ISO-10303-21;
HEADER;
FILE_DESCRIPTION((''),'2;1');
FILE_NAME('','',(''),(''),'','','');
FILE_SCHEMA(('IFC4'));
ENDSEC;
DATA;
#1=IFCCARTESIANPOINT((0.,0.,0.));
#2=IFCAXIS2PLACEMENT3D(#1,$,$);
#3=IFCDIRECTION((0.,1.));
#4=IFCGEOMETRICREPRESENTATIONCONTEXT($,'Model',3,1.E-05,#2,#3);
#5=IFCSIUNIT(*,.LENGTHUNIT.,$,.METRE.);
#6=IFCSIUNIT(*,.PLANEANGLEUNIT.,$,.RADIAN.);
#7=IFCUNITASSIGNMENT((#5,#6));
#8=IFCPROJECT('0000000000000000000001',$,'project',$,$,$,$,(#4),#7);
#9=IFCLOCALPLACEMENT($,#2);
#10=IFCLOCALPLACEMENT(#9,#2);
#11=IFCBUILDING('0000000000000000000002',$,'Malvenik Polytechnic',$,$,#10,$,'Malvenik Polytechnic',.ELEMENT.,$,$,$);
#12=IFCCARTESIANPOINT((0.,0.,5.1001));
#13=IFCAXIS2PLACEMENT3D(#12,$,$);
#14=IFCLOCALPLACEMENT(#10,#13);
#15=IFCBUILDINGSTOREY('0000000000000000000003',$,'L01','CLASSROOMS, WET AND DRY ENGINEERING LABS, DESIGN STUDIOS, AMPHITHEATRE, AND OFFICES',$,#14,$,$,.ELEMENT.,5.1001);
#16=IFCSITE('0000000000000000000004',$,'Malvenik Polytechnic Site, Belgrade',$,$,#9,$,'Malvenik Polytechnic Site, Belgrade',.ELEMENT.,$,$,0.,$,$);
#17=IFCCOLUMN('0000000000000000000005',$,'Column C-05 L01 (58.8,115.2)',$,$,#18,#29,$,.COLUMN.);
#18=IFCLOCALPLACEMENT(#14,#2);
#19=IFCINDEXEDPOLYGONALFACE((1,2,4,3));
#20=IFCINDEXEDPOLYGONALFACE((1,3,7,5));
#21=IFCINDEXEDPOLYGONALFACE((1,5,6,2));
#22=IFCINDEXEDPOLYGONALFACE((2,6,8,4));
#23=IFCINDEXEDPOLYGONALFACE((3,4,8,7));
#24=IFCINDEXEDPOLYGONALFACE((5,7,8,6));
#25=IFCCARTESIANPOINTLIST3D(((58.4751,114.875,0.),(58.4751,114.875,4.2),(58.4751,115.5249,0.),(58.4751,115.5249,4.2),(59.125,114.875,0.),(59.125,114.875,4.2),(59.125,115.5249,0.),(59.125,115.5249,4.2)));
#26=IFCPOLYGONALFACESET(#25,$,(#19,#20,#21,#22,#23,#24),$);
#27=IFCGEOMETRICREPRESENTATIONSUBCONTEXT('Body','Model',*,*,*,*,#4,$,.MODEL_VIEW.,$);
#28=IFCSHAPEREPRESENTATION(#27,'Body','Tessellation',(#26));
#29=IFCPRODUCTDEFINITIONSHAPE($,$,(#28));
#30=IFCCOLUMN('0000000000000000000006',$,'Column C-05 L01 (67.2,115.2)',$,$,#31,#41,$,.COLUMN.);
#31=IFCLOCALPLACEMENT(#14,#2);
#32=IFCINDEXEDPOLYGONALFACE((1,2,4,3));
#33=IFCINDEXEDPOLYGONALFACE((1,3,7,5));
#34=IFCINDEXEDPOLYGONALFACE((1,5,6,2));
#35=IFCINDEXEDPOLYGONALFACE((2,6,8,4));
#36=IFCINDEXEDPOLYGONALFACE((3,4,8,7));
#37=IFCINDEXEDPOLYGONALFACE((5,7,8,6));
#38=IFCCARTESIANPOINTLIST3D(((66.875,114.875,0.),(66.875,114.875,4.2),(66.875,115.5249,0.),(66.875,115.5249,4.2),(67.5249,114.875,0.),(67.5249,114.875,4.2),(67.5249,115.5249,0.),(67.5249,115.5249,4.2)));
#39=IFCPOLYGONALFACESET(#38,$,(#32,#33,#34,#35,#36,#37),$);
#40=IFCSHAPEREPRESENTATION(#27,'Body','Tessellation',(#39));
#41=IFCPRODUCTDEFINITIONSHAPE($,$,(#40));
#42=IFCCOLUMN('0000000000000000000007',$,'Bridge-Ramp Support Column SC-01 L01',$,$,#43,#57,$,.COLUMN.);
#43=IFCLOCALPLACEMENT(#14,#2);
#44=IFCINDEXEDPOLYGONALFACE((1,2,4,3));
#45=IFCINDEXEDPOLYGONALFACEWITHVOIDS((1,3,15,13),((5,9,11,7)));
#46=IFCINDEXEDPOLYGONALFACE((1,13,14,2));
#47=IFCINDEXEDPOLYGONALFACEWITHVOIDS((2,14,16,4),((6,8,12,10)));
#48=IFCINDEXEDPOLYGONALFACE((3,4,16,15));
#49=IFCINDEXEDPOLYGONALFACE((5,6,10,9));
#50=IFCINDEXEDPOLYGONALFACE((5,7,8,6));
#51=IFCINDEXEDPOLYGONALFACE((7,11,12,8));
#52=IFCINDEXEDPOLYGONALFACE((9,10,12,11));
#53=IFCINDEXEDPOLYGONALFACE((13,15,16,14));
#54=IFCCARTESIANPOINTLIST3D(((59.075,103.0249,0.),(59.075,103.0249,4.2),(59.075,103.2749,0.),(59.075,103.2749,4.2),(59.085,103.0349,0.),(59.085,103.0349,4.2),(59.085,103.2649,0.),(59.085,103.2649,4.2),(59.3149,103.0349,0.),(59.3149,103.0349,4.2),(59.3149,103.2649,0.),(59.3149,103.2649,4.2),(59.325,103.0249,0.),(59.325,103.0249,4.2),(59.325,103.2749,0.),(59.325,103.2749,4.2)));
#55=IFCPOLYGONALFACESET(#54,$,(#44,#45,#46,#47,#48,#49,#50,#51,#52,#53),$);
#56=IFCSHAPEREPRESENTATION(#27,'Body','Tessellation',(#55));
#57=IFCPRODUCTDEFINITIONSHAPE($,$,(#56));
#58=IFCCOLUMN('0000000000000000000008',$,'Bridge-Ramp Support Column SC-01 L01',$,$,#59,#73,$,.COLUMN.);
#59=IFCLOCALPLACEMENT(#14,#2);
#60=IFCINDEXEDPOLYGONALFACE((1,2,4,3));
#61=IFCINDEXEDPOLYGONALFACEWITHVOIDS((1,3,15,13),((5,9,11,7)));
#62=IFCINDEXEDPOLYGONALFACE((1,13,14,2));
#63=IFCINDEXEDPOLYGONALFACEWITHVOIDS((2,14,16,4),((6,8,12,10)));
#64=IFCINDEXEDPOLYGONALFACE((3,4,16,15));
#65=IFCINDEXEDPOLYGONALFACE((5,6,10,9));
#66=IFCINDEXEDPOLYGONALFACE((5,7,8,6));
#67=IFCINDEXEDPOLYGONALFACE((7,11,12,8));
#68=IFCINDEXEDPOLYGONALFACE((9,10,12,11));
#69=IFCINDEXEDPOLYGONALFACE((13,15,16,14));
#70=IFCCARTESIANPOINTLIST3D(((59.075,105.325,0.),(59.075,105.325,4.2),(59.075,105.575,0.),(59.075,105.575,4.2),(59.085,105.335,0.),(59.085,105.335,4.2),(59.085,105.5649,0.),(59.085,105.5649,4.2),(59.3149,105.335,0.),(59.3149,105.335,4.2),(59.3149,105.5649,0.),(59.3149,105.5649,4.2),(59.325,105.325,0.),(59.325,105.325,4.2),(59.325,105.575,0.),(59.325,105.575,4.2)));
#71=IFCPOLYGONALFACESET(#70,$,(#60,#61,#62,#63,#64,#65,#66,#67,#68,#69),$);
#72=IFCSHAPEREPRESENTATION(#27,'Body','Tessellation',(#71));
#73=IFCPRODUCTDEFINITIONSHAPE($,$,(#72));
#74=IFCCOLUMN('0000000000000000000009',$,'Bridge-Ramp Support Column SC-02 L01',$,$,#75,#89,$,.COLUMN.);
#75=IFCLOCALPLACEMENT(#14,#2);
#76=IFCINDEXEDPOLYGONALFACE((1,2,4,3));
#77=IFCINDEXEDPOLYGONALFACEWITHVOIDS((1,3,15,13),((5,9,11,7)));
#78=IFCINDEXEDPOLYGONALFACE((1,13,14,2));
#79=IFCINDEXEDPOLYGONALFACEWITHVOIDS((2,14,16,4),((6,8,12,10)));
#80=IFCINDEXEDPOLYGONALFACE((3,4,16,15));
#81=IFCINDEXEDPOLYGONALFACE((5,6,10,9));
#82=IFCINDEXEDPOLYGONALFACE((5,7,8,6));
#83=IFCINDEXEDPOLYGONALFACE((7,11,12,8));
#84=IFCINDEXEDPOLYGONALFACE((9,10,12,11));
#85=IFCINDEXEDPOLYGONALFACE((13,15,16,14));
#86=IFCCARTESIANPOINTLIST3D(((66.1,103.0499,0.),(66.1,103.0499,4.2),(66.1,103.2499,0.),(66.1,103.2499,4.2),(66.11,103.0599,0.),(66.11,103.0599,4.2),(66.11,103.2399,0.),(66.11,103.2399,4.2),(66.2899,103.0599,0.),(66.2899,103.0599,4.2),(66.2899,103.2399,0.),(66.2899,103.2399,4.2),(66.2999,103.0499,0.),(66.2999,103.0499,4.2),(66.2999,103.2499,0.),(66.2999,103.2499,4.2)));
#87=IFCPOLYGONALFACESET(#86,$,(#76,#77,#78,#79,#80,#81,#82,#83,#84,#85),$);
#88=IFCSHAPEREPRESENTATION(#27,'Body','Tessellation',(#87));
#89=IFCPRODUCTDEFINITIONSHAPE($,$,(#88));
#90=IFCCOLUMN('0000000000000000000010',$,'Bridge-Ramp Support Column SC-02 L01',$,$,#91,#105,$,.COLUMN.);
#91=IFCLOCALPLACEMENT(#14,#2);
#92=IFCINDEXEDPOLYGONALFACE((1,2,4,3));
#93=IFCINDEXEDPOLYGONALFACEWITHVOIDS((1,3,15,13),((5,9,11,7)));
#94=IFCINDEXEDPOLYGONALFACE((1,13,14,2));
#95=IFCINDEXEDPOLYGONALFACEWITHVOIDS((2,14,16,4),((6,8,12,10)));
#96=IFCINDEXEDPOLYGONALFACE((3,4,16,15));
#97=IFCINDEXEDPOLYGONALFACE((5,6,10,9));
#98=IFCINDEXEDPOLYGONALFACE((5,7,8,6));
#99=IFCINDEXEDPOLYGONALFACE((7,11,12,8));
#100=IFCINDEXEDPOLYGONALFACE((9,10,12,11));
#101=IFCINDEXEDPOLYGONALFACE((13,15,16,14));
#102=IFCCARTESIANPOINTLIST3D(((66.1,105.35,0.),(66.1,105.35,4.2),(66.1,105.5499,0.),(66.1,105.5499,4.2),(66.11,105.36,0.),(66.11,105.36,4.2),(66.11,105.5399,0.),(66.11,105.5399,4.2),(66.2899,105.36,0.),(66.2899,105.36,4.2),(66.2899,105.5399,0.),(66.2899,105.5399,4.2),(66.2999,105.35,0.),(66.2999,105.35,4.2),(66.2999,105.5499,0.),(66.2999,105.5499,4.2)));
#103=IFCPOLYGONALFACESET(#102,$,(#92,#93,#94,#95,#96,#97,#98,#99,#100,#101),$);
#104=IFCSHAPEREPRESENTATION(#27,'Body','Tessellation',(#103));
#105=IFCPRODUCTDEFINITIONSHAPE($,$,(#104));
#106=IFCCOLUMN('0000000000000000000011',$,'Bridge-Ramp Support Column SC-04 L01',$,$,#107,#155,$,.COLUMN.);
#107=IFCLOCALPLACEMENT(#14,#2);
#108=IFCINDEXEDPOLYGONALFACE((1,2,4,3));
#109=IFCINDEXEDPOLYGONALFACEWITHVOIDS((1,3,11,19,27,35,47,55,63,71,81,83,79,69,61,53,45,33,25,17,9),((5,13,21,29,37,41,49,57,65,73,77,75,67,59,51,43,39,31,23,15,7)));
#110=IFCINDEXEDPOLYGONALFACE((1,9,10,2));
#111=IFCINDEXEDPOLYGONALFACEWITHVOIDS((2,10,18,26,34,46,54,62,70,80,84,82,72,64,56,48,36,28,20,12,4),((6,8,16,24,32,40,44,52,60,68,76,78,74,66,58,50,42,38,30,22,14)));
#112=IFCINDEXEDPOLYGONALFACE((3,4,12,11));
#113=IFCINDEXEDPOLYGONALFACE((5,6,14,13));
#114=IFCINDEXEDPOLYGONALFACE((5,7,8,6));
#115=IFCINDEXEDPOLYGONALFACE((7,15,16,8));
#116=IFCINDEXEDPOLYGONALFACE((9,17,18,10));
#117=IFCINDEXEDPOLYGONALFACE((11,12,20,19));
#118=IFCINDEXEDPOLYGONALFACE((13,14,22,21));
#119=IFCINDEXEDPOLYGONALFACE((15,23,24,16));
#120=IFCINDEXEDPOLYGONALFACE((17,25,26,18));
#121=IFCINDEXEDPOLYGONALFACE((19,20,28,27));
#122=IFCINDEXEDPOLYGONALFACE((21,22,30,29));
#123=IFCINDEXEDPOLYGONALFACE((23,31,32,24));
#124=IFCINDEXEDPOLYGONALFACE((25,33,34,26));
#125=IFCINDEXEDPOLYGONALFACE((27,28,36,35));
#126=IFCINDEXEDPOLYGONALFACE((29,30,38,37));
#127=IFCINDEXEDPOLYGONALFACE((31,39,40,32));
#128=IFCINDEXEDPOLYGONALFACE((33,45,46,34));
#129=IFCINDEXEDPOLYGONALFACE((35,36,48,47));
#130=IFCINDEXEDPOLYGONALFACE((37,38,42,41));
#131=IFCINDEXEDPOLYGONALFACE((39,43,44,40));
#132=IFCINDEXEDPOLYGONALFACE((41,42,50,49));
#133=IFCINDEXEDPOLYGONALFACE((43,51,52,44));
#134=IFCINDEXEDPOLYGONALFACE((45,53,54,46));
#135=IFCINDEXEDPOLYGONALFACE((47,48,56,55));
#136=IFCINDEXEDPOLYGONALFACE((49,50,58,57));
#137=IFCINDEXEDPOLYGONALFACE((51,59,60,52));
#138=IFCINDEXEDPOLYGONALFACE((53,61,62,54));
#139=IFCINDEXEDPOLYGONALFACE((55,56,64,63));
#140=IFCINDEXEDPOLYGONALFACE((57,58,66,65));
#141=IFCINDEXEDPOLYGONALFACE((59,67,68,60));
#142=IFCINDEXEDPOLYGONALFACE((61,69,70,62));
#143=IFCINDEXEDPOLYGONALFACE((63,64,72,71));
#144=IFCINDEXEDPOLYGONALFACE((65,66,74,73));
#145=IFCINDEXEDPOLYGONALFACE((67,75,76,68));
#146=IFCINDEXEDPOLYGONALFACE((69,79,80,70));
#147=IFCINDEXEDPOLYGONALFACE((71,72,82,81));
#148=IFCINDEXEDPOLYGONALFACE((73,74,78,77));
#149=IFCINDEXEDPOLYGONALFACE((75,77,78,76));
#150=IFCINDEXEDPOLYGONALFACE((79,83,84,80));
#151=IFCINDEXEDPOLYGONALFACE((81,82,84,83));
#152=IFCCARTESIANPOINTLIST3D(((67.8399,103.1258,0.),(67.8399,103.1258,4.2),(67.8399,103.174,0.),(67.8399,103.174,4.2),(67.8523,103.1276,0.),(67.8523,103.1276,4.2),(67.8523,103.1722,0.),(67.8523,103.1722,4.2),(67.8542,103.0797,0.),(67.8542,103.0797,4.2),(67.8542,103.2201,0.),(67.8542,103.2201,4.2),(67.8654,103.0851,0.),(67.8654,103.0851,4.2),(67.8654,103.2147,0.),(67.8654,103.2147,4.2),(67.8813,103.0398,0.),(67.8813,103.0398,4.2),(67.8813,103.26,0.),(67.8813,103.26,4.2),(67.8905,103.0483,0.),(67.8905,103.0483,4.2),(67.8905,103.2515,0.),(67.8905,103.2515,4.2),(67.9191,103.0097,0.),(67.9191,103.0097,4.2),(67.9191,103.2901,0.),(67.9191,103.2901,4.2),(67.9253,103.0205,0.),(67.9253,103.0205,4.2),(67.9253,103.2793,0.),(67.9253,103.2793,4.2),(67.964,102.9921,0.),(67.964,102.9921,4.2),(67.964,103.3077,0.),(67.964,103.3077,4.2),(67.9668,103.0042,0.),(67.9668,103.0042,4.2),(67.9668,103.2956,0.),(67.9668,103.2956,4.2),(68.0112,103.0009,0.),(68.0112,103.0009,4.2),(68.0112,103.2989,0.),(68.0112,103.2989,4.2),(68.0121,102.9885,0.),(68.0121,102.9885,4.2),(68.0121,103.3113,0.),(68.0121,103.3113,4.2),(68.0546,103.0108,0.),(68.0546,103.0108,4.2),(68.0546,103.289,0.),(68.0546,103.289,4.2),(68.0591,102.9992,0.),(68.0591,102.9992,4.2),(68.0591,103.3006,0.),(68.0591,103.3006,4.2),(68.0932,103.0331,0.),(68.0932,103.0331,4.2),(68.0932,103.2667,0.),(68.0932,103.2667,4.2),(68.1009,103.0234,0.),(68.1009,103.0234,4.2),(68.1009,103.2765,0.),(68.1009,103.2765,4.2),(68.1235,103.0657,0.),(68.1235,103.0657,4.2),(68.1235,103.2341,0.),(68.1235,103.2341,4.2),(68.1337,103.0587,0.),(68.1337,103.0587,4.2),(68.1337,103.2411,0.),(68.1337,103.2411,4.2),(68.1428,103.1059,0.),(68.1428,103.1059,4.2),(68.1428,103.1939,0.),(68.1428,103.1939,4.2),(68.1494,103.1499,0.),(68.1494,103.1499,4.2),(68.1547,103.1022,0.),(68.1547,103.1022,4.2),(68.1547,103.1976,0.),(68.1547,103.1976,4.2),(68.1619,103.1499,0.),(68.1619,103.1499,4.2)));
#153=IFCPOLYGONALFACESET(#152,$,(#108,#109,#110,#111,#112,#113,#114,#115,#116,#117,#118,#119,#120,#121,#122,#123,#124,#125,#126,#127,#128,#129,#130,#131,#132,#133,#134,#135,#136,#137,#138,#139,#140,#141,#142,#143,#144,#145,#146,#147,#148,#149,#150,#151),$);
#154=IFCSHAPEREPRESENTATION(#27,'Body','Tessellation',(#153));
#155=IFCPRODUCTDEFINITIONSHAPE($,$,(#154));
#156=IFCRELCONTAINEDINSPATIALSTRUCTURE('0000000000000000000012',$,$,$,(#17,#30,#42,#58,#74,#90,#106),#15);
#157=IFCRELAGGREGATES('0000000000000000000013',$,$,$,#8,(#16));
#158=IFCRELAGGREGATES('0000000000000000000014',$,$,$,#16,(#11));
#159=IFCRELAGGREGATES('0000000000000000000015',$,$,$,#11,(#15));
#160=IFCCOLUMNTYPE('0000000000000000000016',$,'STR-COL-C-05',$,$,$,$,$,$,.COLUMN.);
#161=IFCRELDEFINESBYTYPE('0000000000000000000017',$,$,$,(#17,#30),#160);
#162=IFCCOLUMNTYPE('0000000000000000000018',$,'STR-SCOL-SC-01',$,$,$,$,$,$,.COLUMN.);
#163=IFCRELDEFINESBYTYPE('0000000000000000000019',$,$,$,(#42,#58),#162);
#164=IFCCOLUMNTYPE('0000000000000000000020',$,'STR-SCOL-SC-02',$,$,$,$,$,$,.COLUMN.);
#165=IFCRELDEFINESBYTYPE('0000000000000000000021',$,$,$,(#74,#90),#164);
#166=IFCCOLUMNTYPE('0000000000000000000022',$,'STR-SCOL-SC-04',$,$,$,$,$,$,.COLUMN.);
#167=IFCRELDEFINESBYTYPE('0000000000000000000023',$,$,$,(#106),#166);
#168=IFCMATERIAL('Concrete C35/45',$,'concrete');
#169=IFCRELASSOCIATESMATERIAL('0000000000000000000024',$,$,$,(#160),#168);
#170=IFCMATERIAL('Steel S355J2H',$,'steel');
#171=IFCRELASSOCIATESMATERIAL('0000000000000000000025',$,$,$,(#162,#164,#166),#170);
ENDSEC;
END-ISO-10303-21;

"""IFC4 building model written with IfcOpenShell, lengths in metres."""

from ifc_helpers import new_model, si_unit, direction, frame, origin, origin_2d, place, context, subcontext, project, spatial, rectangle, hollow_rectangle, hollow_circle, extrude, material, material_profile, profile_set, type_object, element, save


model = new_model("IFC4")

# Units and contexts
model_context = context("Model", 3, precision=1e-05, world=origin(), true_north=direction((0.0, 1.0)))
body_context = subcontext(model_context, "Body", "Model", "MODEL_VIEW")
ifc_project = project(units=[si_unit("LENGTHUNIT", "METRE"), si_unit("PLANEANGLEUNIT", "RADIAN")], contexts=[model_context])

# Site, building, storey
site_placement = place(None, origin())
site = spatial("IfcSite", under=ifc_project, at=site_placement, Name="Malvenik Polytechnic Site, Belgrade", LongName="Malvenik Polytechnic Site, Belgrade", CompositionType="ELEMENT", RefElevation=0.0)
building_placement = place(site_placement, origin())
building = spatial("IfcBuilding", under=site, at=building_placement, Name="Malvenik Polytechnic", LongName="Malvenik Polytechnic", CompositionType="ELEMENT")
storey_placement = place(building_placement, frame((0.0, 0.0, 5.1001)))
storey = spatial("IfcBuildingStorey", under=building, at=storey_placement, Name="L01", Description="CLASSROOMS, WET AND DRY ENGINEERING LABS, DESIGN STUDIOS, AMPHITHEATRE, AND OFFICES", CompositionType="ELEMENT", Elevation=5.1001)

# Columns
ifc_material_1 = material(Name="Concrete C35/45", Category="concrete")
ifc_material_profile_1 = material_profile(ifc_material_1, rectangle(XDim=0.6499, YDim=0.6499, at=origin_2d()), Name="RC COL 650x650")
ifc_profile_set_1 = profile_set([ifc_material_profile_1], Name="Concrete C35/45")
column_type_1 = type_object("IfcColumnType", Name="STR-COL-C-05", PredefinedType="COLUMN", material=ifc_profile_set_1)
for number, where, z_axis, x_axis, name in (
    (1, (58.8, 115.2, 0.0), (0.0, 0.0, 1.0), (1.0, 0.0, 0.0), "Column C-05 L01 (58.8,115.2)"),
    (2, (67.2, 115.2, 0.0), (0.0, 0.0, 1.0), (1.0, 0.0, 0.0), "Column C-05 L01 (67.2,115.2)"),
):
    element("IfcColumn", number, at=place(storey_placement, frame(where, z_axis=z_axis, x_axis=x_axis)), inside=storey, type_object=column_type_1, Name=name, PredefinedType="COLUMN", context=body_context, shape_type="SweptSolid", body=[
        extrude(rectangle(XDim=0.6499, YDim=0.6499, at=origin_2d()), origin(), (0.0, 0.0, 1.0), 4.2),
    ])
ifc_material_2 = material(Name="Steel S355J2H", Category="steel")
ifc_material_profile_2 = material_profile(ifc_material_2, hollow_rectangle(XDim=0.25, YDim=0.25, WallThickness=0.01, at=origin_2d()), Name="SHS 250x250x10.0")
ifc_profile_set_2 = profile_set([ifc_material_profile_2], Name="Steel S355J2H")
column_type_2 = type_object("IfcColumnType", Name="STR-SCOL-SC-01", PredefinedType="COLUMN", material=ifc_profile_set_2)
for number, where, z_axis, x_axis, name in (
    (3, (59.2, 103.1499, 0.0), (0.0, 0.0, 1.0), (1.0, 0.0, 0.0), "Bridge-Ramp Support Column SC-01 L01"),
    (4, (59.2, 105.45, 0.0), (0.0, 0.0, 1.0), (1.0, 0.0, 0.0), "Bridge-Ramp Support Column SC-01 L01"),
):
    element("IfcColumn", number, at=place(storey_placement, frame(where, z_axis=z_axis, x_axis=x_axis)), inside=storey, type_object=column_type_2, Name=name, PredefinedType="COLUMN", context=body_context, shape_type="SweptSolid", body=[
        extrude(hollow_rectangle(XDim=0.25, YDim=0.25, WallThickness=0.01, at=origin_2d()), origin(), (0.0, 0.0, 1.0), 4.2),
    ])
ifc_material_profile_3 = material_profile(ifc_material_2, hollow_rectangle(XDim=0.2, YDim=0.2, WallThickness=0.01, at=origin_2d()), Name="SHS 200x200x10.0")
ifc_profile_set_3 = profile_set([ifc_material_profile_3], Name="Steel S355J2H")
column_type_3 = type_object("IfcColumnType", Name="STR-SCOL-SC-02", PredefinedType="COLUMN", material=ifc_profile_set_3)
for number, where, z_axis, x_axis, name in (
    (5, (66.2, 103.1499, 0.0), (0.0, 0.0, 1.0), (1.0, 0.0, 0.0), "Bridge-Ramp Support Column SC-02 L01"),
    (6, (66.2, 105.45, 0.0), (0.0, 0.0, 1.0), (1.0, 0.0, 0.0), "Bridge-Ramp Support Column SC-02 L01"),
):
    element("IfcColumn", number, at=place(storey_placement, frame(where, z_axis=z_axis, x_axis=x_axis)), inside=storey, type_object=column_type_3, Name=name, PredefinedType="COLUMN", context=body_context, shape_type="SweptSolid", body=[
        extrude(hollow_rectangle(XDim=0.2, YDim=0.2, WallThickness=0.01, at=origin_2d()), origin(), (0.0, 0.0, 1.0), 4.2),
    ])
ifc_material_profile_4 = material_profile(ifc_material_2, hollow_circle(Radius=0.1619, WallThickness=0.0125, at=origin_2d()), Name="CHS 323.9x12.5")
ifc_profile_set_4 = profile_set([ifc_material_profile_4], Name="Steel S355J2H")
column_type_4 = type_object("IfcColumnType", Name="STR-SCOL-SC-04", PredefinedType="COLUMN", material=ifc_profile_set_4)
for number, where, z_axis, x_axis, name in (
    (7, (68.0, 103.1499, 0.0), (0.0, 0.0, 1.0), (1.0, 0.0, 0.0), "Bridge-Ramp Support Column SC-04 L01"),
):
    element("IfcColumn", number, at=place(storey_placement, frame(where, z_axis=z_axis, x_axis=x_axis)), inside=storey, type_object=column_type_4, Name=name, PredefinedType="COLUMN", context=body_context, shape_type="SweptSolid", body=[
        extrude(hollow_circle(Radius=0.1619, WallThickness=0.0125, at=origin_2d()), origin(), (0.0, 0.0, 1.0), 4.2),
    ])

save(model, "model.ifc")
